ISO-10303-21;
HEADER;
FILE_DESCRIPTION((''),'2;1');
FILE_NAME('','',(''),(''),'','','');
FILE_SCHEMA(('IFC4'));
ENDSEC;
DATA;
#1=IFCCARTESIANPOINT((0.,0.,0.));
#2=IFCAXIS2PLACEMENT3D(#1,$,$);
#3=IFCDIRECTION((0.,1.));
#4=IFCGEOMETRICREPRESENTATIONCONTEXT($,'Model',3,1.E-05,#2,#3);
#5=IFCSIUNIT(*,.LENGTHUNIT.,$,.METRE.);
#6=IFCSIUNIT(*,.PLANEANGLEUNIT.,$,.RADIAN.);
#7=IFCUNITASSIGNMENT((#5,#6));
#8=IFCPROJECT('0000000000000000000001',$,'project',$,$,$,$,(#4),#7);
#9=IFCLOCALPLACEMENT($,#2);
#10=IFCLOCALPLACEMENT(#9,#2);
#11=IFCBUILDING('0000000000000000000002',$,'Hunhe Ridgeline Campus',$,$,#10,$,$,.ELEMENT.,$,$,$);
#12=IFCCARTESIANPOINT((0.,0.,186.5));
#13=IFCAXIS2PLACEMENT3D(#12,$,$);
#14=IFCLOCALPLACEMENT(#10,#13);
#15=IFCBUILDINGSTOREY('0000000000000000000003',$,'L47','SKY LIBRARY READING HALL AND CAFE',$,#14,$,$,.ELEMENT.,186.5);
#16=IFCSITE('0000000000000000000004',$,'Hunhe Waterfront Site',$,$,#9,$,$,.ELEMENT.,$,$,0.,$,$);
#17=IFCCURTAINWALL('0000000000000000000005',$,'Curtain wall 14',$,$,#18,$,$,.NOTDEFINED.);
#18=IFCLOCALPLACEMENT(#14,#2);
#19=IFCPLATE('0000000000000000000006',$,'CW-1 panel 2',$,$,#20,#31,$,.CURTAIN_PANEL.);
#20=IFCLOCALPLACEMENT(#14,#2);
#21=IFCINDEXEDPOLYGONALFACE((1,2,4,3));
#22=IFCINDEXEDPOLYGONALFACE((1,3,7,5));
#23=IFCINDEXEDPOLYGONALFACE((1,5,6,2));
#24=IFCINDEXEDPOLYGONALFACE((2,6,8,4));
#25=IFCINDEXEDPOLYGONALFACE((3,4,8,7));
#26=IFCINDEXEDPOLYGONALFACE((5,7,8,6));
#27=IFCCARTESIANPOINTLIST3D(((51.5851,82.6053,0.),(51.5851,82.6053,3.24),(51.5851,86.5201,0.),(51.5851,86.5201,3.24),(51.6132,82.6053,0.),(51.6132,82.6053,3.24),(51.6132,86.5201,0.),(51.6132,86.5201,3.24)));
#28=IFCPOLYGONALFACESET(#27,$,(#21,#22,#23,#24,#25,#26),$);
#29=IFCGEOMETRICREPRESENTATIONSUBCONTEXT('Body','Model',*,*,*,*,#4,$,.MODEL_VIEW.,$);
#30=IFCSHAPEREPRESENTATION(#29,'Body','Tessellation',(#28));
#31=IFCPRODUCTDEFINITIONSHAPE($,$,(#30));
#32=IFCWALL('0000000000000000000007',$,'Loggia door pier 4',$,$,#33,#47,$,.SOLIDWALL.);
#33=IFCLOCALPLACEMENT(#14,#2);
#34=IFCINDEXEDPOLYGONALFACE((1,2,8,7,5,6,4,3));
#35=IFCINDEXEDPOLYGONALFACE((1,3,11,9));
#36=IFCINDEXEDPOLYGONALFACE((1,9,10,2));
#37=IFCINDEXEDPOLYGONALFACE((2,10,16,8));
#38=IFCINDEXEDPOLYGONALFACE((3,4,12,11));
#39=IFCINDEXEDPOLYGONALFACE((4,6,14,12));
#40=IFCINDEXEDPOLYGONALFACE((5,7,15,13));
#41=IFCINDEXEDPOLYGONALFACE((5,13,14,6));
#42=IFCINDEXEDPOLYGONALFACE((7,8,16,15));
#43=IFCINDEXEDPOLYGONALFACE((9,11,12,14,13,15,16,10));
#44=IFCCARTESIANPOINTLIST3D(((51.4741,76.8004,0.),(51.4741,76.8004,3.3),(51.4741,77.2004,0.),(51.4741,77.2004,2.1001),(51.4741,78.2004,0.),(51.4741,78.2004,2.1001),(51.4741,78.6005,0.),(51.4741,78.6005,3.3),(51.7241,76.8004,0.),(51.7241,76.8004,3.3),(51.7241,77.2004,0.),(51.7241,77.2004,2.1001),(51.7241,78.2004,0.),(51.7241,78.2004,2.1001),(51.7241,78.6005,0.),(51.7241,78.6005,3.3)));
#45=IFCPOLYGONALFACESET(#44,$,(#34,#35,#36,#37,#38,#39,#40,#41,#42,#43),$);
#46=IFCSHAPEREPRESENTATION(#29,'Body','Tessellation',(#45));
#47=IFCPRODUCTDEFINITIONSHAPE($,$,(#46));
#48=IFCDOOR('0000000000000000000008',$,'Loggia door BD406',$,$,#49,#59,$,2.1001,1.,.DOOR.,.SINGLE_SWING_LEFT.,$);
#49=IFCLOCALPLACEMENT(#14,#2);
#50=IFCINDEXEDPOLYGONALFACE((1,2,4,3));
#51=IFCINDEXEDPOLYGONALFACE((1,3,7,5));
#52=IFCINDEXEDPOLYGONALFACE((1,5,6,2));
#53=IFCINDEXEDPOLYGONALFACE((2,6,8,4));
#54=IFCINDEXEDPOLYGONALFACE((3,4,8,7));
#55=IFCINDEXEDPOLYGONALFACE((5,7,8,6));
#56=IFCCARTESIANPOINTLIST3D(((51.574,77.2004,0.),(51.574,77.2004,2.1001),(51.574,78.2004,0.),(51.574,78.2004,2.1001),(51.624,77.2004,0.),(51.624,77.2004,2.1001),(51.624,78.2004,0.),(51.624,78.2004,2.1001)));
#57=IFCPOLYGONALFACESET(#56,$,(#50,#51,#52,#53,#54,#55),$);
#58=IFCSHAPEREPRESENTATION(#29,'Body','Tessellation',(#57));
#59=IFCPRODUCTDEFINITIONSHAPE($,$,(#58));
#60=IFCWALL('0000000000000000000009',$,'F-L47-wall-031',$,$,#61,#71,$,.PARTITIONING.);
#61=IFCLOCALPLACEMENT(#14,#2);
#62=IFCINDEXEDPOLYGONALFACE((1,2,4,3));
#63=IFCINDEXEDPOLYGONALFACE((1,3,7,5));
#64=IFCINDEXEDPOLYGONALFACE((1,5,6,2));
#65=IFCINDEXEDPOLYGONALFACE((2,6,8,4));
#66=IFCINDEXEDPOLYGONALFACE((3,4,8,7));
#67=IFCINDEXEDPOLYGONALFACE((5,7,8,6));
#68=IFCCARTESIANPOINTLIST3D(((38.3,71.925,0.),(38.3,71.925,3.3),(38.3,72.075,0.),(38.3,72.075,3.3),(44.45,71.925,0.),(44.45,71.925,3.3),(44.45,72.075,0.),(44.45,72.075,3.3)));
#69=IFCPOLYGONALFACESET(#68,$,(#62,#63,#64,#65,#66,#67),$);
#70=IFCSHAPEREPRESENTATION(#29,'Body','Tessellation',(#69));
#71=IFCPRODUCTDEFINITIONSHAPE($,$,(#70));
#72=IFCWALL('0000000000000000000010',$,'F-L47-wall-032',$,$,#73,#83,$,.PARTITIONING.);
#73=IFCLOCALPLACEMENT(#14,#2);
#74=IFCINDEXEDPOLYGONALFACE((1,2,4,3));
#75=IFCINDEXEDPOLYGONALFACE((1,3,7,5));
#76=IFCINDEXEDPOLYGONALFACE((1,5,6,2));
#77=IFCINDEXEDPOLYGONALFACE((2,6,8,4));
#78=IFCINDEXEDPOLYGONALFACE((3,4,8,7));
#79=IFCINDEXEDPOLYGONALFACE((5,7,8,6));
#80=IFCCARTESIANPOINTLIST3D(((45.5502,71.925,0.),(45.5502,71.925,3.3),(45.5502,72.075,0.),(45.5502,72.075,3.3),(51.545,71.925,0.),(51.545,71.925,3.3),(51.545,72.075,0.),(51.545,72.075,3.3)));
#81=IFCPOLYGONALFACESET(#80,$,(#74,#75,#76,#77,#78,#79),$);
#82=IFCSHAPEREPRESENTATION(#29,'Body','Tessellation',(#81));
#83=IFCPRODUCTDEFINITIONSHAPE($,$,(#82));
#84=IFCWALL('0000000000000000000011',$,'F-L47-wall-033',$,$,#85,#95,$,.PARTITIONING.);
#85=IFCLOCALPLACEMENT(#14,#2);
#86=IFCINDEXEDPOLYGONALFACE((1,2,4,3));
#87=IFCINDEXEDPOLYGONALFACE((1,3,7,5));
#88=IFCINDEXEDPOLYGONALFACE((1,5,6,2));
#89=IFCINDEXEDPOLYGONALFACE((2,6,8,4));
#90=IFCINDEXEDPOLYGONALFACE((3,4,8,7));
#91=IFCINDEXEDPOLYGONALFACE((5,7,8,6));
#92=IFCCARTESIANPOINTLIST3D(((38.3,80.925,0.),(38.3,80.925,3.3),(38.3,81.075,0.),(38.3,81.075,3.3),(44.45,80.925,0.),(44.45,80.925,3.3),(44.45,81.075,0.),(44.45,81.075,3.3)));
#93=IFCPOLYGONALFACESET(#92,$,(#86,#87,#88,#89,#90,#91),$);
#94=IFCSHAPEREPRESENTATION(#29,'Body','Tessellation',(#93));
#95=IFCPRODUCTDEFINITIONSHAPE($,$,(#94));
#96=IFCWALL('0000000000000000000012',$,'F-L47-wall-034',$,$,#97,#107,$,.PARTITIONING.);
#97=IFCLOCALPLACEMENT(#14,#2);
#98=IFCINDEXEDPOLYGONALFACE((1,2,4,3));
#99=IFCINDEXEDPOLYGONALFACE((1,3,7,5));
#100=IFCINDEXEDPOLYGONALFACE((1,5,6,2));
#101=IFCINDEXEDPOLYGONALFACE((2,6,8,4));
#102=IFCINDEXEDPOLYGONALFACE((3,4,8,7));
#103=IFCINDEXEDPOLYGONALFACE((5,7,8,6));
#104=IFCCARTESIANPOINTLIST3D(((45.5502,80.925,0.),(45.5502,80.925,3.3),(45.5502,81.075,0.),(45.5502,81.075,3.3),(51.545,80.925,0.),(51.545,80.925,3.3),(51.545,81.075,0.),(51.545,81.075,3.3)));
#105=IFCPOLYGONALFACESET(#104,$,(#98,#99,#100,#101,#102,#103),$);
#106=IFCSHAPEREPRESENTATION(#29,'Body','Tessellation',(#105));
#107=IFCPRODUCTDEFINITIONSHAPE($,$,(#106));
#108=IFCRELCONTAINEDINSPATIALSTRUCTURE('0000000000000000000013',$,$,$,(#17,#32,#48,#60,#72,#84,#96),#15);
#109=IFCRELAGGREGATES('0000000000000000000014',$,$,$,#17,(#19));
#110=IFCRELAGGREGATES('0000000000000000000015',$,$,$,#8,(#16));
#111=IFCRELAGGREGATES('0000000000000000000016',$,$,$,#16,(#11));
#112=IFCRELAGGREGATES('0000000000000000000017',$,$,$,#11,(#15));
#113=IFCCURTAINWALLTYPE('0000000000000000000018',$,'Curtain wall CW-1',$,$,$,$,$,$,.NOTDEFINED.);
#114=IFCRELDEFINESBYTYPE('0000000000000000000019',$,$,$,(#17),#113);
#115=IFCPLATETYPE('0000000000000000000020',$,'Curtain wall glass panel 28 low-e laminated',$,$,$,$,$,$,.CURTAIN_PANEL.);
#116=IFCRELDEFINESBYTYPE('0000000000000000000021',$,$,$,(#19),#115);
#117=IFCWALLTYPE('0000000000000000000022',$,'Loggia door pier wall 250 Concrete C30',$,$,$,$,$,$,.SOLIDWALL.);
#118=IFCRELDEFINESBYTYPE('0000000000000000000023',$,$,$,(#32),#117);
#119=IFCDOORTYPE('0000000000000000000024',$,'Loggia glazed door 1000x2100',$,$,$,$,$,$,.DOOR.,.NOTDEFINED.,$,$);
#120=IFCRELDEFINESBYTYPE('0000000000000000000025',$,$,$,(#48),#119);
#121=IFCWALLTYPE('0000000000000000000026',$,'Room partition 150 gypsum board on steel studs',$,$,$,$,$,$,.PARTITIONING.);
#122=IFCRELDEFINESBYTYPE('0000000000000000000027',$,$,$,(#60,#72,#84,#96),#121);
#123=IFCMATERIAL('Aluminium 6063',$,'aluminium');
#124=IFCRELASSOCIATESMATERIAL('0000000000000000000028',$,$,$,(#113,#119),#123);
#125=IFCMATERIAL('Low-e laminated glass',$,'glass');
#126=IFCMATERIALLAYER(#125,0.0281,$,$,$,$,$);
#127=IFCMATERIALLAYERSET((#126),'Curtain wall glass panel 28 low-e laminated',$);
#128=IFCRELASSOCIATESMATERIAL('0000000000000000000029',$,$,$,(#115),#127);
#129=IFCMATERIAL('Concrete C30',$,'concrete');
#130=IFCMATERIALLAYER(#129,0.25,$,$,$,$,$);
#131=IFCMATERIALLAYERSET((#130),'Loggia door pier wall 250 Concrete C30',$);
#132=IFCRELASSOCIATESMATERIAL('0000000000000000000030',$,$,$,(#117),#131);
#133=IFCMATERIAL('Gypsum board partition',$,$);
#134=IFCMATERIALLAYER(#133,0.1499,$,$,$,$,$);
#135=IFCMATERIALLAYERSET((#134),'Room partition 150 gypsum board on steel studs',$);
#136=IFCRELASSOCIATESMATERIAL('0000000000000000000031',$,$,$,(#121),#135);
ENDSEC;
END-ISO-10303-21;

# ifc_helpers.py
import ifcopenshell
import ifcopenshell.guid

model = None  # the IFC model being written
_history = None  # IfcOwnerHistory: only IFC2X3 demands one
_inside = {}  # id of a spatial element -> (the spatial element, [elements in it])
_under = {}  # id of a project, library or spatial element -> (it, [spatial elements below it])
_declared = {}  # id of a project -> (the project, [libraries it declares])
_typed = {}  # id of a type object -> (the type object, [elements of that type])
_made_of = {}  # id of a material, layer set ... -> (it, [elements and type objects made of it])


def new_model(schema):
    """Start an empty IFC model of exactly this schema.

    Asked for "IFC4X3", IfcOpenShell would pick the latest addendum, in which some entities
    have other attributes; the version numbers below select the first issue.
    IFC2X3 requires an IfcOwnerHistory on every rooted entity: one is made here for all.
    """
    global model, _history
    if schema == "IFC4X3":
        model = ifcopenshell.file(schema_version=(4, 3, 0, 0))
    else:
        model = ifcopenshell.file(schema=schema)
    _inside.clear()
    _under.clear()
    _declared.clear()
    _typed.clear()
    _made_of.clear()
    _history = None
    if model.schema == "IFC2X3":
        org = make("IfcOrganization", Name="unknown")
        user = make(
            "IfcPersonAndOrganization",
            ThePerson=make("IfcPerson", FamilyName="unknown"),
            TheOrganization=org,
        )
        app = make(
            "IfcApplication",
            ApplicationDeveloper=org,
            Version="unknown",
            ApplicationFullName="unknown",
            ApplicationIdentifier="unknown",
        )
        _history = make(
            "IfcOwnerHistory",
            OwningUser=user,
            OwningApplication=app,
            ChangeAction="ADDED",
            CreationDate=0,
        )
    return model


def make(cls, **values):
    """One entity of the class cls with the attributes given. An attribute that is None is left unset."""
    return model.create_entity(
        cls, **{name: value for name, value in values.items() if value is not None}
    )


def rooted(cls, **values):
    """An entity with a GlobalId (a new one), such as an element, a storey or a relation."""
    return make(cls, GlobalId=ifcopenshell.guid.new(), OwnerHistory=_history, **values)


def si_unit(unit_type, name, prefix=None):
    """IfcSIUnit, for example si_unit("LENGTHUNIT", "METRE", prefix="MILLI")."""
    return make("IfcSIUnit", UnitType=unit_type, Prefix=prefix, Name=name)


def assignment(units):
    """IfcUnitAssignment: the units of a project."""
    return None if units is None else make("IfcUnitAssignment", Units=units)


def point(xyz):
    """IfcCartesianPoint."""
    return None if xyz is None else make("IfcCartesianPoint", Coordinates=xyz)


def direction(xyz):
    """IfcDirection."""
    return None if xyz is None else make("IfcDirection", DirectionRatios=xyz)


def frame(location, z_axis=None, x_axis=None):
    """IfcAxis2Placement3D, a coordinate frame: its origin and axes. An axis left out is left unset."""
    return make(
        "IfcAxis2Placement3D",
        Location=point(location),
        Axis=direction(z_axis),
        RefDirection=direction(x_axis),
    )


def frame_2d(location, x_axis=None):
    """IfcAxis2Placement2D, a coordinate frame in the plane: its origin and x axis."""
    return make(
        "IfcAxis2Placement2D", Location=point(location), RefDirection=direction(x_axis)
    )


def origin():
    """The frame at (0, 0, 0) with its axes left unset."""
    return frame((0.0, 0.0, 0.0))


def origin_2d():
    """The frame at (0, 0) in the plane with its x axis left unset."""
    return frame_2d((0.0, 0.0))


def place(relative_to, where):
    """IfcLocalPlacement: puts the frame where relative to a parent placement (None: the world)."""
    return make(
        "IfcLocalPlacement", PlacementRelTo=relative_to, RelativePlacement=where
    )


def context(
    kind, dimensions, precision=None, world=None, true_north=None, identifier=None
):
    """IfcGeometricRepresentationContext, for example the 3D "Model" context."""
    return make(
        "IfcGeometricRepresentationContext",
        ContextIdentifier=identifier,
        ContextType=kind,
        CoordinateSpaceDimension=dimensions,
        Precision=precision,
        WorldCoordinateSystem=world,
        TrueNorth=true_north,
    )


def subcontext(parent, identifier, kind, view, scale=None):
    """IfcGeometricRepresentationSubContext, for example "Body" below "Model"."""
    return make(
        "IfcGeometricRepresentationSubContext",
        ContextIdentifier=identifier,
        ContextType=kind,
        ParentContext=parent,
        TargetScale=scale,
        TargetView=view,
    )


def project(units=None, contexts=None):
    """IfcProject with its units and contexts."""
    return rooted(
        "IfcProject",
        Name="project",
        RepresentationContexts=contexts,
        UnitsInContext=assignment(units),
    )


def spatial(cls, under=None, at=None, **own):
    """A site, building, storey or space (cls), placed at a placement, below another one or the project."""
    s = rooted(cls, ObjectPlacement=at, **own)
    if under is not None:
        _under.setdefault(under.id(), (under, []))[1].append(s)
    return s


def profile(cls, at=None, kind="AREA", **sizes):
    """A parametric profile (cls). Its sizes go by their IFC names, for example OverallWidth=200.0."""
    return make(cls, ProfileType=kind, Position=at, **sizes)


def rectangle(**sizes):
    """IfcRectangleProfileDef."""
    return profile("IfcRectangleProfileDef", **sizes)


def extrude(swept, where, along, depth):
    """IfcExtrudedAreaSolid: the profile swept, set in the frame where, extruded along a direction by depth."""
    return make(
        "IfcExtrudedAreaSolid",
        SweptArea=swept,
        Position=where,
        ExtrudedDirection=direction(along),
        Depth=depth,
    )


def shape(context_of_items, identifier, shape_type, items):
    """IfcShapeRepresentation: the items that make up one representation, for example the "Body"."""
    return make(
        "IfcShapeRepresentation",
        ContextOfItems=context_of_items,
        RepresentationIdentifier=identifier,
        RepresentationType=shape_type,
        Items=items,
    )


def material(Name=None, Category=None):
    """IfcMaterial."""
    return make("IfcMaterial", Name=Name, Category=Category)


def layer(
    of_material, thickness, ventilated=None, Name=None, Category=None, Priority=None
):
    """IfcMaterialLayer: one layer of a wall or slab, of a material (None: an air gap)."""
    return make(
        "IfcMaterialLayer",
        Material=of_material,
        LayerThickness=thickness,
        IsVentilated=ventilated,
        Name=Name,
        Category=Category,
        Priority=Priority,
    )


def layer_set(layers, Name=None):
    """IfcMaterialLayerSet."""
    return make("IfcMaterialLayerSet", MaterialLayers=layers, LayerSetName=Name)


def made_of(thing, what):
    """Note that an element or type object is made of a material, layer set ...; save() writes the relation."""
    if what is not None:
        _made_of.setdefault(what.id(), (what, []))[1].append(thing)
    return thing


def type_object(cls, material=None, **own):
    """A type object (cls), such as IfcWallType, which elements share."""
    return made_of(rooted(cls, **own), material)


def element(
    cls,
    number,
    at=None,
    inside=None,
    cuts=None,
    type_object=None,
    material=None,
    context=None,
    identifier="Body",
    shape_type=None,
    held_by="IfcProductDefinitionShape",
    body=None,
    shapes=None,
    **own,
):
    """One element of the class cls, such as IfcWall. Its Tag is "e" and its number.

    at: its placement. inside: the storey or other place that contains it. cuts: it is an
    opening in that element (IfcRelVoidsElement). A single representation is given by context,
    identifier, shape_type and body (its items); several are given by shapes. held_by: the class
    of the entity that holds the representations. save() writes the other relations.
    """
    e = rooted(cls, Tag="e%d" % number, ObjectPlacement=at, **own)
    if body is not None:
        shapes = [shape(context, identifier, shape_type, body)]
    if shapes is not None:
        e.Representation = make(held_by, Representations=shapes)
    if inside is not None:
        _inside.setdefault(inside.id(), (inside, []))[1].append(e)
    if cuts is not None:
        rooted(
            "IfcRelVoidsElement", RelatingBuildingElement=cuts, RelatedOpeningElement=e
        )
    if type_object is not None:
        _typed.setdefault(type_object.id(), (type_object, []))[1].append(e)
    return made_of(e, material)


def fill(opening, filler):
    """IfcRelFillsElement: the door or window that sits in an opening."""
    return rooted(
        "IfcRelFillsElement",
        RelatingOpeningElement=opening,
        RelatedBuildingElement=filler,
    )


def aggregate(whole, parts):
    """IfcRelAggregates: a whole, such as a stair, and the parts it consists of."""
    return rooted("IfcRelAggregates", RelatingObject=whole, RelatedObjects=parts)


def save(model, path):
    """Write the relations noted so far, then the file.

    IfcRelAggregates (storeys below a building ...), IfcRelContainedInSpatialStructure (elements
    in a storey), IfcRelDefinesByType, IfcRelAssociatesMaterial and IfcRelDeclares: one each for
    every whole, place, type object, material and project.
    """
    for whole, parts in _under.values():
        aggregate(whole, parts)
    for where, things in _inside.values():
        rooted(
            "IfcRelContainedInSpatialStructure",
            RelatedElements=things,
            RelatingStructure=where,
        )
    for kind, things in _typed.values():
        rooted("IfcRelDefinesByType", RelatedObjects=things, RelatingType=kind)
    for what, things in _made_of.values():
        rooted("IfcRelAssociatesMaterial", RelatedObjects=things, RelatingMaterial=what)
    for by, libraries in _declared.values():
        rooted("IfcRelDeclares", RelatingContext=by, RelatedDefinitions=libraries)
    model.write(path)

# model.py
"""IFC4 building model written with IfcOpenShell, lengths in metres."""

from ifc_helpers import new_model, si_unit, direction, frame, frame_2d, origin, origin_2d, place, context, subcontext, project, spatial, rectangle, extrude, material, layer, layer_set, type_object, element, fill, aggregate, save


model = new_model("IFC4")

# Units and contexts
model_context = context("Model", 3, precision=1e-05, world=origin(), true_north=direction((0.0, 1.0)))
body_context = subcontext(model_context, "Body", "Model", "MODEL_VIEW")
ifc_project = project(units=[si_unit("LENGTHUNIT", "METRE"), si_unit("PLANEANGLEUNIT", "RADIAN")], contexts=[model_context])

# Site, building, storey
site_placement = place(None, origin())
site = spatial("IfcSite", under=ifc_project, at=site_placement, Name="Hunhe Waterfront Site", CompositionType="ELEMENT", RefElevation=0.0)
building_placement = place(site_placement, origin())
building = spatial("IfcBuilding", under=site, at=building_placement, Name="Hunhe Ridgeline Campus", CompositionType="ELEMENT")
storey_placement = place(building_placement, frame((0.0, 0.0, 186.5)))
storey = spatial("IfcBuildingStorey", under=building, at=storey_placement, Name="L47", Description="SKY LIBRARY READING HALL AND CAFE", CompositionType="ELEMENT", Elevation=186.5)

# Curtain wall
ifc_material_1 = material(Name="Aluminium 6063", Category="aluminium")
curtain_wall_type = type_object("IfcCurtainWallType", Name="Curtain wall CW-1", PredefinedType="NOTDEFINED", material=ifc_material_1)
curtain_wall_1_placement = place(storey_placement, origin())
curtain_wall_1 = element("IfcCurtainWall", 1, at=curtain_wall_1_placement, inside=storey, type_object=curtain_wall_type, Name="Curtain wall 14", PredefinedType="NOTDEFINED")

# Plate
ifc_material_2 = material(Name="Low-e laminated glass", Category="glass")
ifc_layer_1 = layer(ifc_material_2, 0.0281)
ifc_layer_set_1 = layer_set([ifc_layer_1], Name="Curtain wall glass panel 28 low-e laminated")
plate_type = type_object("IfcPlateType", Name="Curtain wall glass panel 28 low-e laminated", PredefinedType="CURTAIN_PANEL", material=ifc_layer_set_1)
plate_1_placement = place(storey_placement, frame((51.5991, 84.5627, 0.0), z_axis=(0.0, 0.0, 1.0), x_axis=(0.0, 1.0, 0.0)))
plate_1 = element("IfcPlate", 2, at=plate_1_placement, type_object=plate_type, Name="CW-1 panel 2", PredefinedType="CURTAIN_PANEL", context=body_context, shape_type="SweptSolid", body=[
    extrude(rectangle(XDim=3.9148, YDim=0.0281, at=origin_2d()), origin(), (0.0, 0.0, 1.0), 3.24),
])
aggregate(curtain_wall_1, [plate_1])

# Wall, opening, door
ifc_material_3 = material(Name="Concrete C30", Category="concrete")
ifc_layer_2 = layer(ifc_material_3, 0.25)
ifc_layer_set_2 = layer_set([ifc_layer_2], Name="Loggia door pier wall 250 Concrete C30")
wall_type_1 = type_object("IfcWallType", Name="Loggia door pier wall 250 Concrete C30", PredefinedType="SOLIDWALL", material=ifc_layer_set_2)
wall_1_placement = place(storey_placement, frame((51.5991, 76.8005, 0.0), z_axis=(0.0, 0.0, 1.0), x_axis=(0.0, 1.0, 0.0)))
wall_1 = element("IfcWall", 3, at=wall_1_placement, inside=storey, type_object=wall_type_1, Name="Loggia door pier 4", PredefinedType="SOLIDWALL", context=body_context, shape_type="SweptSolid", body=[
    extrude(rectangle(XDim=1.8, YDim=0.25, at=frame_2d((0.8999, 0.0))), origin(), (0.0, 0.0, 1.0), 3.3),
])
opening_placement = place(wall_1_placement, frame((0.3999, 0.0, 0.0)))
opening = element("IfcOpeningElement", 4, at=opening_placement, cuts=wall_1, PredefinedType="OPENING", context=body_context, shape_type="SweptSolid", body=[
    extrude(rectangle(XDim=1.0, YDim=2.1001, at=frame_2d((0.5, 1.05))), frame((0.0, 0.125, 0.0), z_axis=(0.0, -1.0, 0.0), x_axis=(1.0, 0.0, 0.0)), (0.0, 0.0, 1.0), 0.25),
])
door_type = type_object("IfcDoorType", Name="Loggia glazed door 1000x2100", OperationType="NOTDEFINED", PredefinedType="DOOR", material=ifc_material_1)
door_placement = place(opening_placement, frame((1.0, 0.0, 0.0), z_axis=(0.0, 0.0, 1.0), x_axis=(-1.0, 0.0, 0.0)))
door = element("IfcDoor", 5, at=door_placement, inside=storey, type_object=door_type, Name="Loggia door BD406", OperationType="SINGLE_SWING_LEFT", OverallHeight=2.1001, OverallWidth=1.0, PredefinedType="DOOR", context=body_context, shape_type="SweptSolid", body=[
    extrude(rectangle(XDim=1.0, YDim=2.1001, at=frame_2d((0.5, 1.05))), frame((0.0, 0.0249, 0.0), z_axis=(0.0, -1.0, 0.0), x_axis=(1.0, 0.0, 0.0)), (0.0, 0.0, 1.0), 0.05),
])
fill(opening, door)

# Walls
ifc_material_4 = material(Name="Gypsum board partition")
ifc_layer_3 = layer(ifc_material_4, 0.1499)
ifc_layer_set_3 = layer_set([ifc_layer_3], Name="Room partition 150 gypsum board on steel studs")
wall_type_2 = type_object("IfcWallType", Name="Room partition 150 gypsum board on steel studs", PredefinedType="PARTITIONING", material=ifc_layer_set_3)
wall_2_placement = place(storey_placement, frame((38.3, 72.0, 0.0), z_axis=(0.0, 0.0, 1.0), x_axis=(1.0, 0.0, 0.0)))
element("IfcWall", 6, at=wall_2_placement, inside=storey, type_object=wall_type_2, Name="F-L47-wall-031", PredefinedType="PARTITIONING", context=body_context, shape_type="SweptSolid", body=[
    extrude(rectangle(XDim=6.1499, YDim=0.1499, at=frame_2d((3.075, 0.0))), origin(), (0.0, 0.0, 1.0), 3.3),
])
wall_3_placement = place(storey_placement, frame((45.55, 72.0, 0.0), z_axis=(0.0, 0.0, 1.0), x_axis=(1.0, 0.0, 0.0)))
element("IfcWall", 7, at=wall_3_placement, inside=storey, type_object=wall_type_2, Name="F-L47-wall-032", PredefinedType="PARTITIONING", context=body_context, shape_type="SweptSolid", body=[
    extrude(rectangle(XDim=5.9949, YDim=0.1499, at=frame_2d((2.9976, 0.0))), origin(), (0.0, 0.0, 1.0), 3.3),
])
wall_4_placement = place(storey_placement, frame((38.3, 81.0, 0.0), z_axis=(0.0, 0.0, 1.0), x_axis=(1.0, 0.0, 0.0)))
element("IfcWall", 8, at=wall_4_placement, inside=storey, type_object=wall_type_2, Name="F-L47-wall-033", PredefinedType="PARTITIONING", context=body_context, shape_type="SweptSolid", body=[
    extrude(rectangle(XDim=6.1499, YDim=0.1499, at=frame_2d((3.075, 0.0))), origin(), (0.0, 0.0, 1.0), 3.3),
])
wall_5_placement = place(storey_placement, frame((45.55, 81.0, 0.0), z_axis=(0.0, 0.0, 1.0), x_axis=(1.0, 0.0, 0.0)))
element("IfcWall", 9, at=wall_5_placement, inside=storey, type_object=wall_type_2, Name="F-L47-wall-034", PredefinedType="PARTITIONING", context=body_context, shape_type="SweptSolid", body=[
    extrude(rectangle(XDim=5.9949, YDim=0.1499, at=frame_2d((2.9976, 0.0))), origin(), (0.0, 0.0, 1.0), 3.3),
])

save(model, "model.ifc")
